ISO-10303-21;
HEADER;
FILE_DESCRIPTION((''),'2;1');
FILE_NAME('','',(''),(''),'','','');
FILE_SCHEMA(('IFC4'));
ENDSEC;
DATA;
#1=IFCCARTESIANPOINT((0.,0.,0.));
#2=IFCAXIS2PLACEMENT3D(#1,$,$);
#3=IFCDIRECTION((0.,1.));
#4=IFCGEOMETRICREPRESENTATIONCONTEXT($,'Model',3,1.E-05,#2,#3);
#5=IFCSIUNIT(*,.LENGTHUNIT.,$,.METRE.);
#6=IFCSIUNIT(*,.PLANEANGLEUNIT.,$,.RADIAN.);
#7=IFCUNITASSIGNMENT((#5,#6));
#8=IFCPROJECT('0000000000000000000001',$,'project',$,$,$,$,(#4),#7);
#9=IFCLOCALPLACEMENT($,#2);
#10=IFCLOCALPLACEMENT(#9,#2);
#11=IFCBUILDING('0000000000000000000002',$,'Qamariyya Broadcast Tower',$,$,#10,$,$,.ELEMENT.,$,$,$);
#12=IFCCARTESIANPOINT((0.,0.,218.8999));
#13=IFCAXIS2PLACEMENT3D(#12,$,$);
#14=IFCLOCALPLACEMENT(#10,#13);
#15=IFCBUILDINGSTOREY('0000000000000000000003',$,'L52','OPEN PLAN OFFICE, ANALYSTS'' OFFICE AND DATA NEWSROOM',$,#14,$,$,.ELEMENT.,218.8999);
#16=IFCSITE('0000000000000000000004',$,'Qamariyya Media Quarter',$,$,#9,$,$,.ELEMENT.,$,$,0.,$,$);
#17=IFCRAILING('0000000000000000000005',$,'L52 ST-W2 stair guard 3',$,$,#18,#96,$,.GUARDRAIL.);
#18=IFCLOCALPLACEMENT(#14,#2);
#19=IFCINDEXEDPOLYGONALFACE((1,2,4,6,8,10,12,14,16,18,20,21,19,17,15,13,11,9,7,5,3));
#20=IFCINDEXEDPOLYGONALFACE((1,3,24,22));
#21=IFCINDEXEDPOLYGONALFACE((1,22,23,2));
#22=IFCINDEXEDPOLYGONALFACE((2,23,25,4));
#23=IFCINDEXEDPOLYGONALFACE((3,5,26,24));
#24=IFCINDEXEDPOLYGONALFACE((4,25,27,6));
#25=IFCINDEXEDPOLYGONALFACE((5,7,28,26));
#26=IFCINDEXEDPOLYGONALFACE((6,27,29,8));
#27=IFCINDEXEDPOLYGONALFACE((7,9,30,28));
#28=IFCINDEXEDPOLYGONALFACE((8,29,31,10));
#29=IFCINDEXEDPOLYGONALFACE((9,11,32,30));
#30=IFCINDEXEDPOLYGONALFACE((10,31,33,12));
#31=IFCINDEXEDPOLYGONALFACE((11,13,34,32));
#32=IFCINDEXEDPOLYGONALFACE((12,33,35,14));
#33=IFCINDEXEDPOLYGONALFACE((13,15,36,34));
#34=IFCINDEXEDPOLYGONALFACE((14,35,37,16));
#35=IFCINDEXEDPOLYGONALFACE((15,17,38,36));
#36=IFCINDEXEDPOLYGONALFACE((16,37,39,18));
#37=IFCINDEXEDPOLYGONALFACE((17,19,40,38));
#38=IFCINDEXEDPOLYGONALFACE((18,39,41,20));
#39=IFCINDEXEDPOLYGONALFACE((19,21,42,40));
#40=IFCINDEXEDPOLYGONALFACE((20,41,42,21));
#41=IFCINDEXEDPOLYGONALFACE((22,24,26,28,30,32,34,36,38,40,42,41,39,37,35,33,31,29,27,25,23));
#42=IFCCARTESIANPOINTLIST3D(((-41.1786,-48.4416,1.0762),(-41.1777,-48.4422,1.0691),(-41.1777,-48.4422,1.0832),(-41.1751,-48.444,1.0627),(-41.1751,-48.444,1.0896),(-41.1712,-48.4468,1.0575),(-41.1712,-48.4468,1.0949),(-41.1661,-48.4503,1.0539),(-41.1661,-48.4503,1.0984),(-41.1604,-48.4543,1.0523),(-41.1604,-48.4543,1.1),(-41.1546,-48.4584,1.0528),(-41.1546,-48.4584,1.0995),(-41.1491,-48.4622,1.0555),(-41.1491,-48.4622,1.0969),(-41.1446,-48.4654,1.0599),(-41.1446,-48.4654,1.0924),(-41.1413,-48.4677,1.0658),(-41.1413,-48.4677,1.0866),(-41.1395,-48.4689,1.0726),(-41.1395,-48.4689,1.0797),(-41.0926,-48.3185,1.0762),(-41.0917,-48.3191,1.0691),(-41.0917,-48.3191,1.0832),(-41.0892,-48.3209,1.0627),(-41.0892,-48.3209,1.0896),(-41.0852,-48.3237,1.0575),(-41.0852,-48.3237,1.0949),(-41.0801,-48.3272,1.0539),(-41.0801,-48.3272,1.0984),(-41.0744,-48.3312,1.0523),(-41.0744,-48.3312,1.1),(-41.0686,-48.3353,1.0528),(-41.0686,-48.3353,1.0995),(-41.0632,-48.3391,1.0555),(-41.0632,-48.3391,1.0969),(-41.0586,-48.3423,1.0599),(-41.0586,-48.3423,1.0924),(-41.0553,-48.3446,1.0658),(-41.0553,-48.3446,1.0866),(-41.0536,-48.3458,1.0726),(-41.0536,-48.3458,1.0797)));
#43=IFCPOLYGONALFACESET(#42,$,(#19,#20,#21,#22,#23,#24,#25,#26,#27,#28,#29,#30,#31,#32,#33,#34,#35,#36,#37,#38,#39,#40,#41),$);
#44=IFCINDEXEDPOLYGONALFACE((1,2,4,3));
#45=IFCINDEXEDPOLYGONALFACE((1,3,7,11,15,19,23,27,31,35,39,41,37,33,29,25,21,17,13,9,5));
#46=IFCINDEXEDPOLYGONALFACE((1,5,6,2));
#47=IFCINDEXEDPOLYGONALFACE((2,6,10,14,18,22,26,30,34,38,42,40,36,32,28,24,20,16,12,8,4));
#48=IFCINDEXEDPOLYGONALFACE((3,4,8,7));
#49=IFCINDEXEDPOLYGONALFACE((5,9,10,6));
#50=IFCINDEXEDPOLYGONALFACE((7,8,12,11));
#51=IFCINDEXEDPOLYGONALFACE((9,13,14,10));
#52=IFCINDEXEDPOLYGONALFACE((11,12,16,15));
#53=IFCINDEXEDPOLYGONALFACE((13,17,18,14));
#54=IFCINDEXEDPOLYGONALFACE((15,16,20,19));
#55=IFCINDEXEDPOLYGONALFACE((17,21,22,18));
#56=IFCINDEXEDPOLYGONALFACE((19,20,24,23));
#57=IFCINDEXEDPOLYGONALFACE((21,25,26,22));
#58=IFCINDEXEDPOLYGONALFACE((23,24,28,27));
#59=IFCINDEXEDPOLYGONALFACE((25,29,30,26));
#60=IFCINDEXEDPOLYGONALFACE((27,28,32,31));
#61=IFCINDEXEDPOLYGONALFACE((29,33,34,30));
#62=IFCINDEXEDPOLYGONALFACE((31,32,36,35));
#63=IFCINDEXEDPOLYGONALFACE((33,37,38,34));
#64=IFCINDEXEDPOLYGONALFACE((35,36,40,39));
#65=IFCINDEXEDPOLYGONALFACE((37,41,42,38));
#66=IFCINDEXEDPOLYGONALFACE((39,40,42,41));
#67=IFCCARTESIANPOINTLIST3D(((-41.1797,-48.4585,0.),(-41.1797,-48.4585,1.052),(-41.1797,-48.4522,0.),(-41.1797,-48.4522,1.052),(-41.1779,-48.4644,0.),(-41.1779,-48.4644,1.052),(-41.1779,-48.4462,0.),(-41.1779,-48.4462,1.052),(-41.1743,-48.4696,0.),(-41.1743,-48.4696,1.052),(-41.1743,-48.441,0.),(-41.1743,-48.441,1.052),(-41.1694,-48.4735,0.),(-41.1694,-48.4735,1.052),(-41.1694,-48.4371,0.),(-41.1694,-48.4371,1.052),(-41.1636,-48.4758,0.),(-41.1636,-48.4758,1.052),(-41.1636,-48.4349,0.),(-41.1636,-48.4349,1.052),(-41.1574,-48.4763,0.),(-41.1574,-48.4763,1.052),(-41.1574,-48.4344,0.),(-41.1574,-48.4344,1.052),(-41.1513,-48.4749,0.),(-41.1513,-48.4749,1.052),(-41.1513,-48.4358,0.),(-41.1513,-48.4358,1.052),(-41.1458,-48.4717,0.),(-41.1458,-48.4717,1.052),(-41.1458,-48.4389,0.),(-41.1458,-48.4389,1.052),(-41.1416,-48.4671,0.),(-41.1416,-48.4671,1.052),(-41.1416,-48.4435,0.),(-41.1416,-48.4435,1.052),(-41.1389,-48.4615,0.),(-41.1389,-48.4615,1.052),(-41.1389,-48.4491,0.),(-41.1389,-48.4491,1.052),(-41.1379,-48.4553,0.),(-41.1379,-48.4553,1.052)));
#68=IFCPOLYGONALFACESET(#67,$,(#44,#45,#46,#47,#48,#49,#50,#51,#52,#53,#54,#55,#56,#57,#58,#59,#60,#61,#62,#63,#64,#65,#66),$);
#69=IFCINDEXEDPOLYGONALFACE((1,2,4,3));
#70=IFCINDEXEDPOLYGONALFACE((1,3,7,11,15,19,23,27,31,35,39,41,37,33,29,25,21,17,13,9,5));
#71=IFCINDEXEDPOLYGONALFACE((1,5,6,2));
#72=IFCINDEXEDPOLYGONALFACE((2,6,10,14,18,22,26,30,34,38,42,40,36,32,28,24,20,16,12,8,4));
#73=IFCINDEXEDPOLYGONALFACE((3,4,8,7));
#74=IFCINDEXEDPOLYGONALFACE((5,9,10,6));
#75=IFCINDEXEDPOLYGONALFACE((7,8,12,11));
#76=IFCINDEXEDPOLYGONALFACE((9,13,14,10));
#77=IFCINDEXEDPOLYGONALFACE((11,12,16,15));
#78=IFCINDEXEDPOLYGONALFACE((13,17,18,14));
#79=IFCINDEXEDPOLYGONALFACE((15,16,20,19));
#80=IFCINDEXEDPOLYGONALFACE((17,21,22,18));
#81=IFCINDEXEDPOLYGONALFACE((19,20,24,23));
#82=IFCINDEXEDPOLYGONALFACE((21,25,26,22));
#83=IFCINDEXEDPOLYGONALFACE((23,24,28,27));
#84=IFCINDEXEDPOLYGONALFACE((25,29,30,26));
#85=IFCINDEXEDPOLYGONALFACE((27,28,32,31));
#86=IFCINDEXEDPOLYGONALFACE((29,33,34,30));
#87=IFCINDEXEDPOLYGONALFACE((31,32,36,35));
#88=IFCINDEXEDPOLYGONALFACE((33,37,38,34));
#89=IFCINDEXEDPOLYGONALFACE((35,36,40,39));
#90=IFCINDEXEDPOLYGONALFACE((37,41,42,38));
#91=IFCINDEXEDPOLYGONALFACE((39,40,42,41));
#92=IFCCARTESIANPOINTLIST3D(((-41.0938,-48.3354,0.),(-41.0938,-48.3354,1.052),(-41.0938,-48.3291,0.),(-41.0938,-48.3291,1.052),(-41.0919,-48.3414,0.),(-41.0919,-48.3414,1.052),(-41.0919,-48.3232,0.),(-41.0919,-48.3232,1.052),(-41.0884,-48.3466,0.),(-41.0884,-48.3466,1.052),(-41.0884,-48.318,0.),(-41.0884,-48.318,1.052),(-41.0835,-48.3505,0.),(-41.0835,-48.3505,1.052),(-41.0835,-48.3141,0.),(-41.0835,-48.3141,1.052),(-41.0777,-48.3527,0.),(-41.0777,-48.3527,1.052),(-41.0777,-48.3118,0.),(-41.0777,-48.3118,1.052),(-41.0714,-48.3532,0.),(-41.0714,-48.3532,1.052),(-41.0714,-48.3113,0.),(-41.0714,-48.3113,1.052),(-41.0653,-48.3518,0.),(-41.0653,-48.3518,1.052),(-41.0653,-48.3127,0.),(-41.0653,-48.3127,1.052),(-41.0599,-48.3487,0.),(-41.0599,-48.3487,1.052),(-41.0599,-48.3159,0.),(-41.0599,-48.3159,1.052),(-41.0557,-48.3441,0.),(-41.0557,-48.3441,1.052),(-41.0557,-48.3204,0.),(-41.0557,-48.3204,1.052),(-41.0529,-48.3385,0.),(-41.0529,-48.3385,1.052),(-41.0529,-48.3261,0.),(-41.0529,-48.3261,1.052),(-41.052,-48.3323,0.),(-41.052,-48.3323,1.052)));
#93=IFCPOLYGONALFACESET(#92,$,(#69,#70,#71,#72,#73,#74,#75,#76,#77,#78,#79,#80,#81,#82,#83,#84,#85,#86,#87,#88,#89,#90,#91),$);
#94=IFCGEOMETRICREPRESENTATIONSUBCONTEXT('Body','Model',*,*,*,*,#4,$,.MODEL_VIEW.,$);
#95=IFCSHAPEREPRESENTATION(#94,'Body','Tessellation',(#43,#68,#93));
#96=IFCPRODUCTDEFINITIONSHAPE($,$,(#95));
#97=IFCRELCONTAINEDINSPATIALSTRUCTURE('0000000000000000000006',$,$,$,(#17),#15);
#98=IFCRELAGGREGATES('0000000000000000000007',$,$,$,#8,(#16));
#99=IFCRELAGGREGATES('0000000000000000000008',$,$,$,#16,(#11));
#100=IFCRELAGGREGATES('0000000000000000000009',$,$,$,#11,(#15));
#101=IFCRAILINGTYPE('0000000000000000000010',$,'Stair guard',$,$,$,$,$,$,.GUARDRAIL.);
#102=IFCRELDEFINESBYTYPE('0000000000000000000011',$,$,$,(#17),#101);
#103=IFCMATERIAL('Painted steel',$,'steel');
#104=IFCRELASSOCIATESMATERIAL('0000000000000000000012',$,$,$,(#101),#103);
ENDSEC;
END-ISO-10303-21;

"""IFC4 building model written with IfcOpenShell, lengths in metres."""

from ifc_helpers import new_model, si_unit, direction, frame, origin, origin_2d, place, context, subcontext, project, spatial, circle, extrude, material, type_object, element, save


model = new_model("IFC4")

# Units and contexts
model_context = context("Model", 3, precision=1e-05, world=origin(), true_north=direction((0.0, 1.0)))
body_context = subcontext(model_context, "Body", "Model", "MODEL_VIEW")
ifc_project = project(units=[si_unit("LENGTHUNIT", "METRE"), si_unit("PLANEANGLEUNIT", "RADIAN")], contexts=[model_context])

# Site, building, storey
site_placement = place(None, origin())
site = spatial("IfcSite", under=ifc_project, at=site_placement, Name="Qamariyya Media Quarter", CompositionType="ELEMENT", RefElevation=0.0)
building_placement = place(site_placement, origin())
building = spatial("IfcBuilding", under=site, at=building_placement, Name="Qamariyya Broadcast Tower", CompositionType="ELEMENT")
storey_placement = place(building_placement, frame((0.0, 0.0, 218.8999)))
storey = spatial("IfcBuildingStorey", under=building, at=storey_placement, Name="L52", Description="OPEN PLAN OFFICE, ANALYSTS' OFFICE AND DATA NEWSROOM", CompositionType="ELEMENT", Elevation=218.8999)

# Railing
ifc_material_1 = material(Name="Painted steel", Category="steel")
railing_type_1 = type_object("IfcRailingType", Name="Stair guard", PredefinedType="GUARDRAIL", material=ifc_material_1)
railing_1_placement = place(storey_placement, frame((-41.1589, -48.4553, 0.0)))
element("IfcRailing", 1, at=railing_1_placement, inside=storey, type_object=railing_type_1, Name="L52 ST-W2 stair guard 3", PredefinedType="GUARDRAIL", context=body_context, shape_type="SweptSolid", body=[
    extrude(circle(Radius=0.0239, at=origin_2d()), frame((0.0, 0.0, 1.0762), z_axis=(0.572589, 0.819843, 0.0), x_axis=(-0.819843, 0.572589, 0.0)), (0.0, 0.0, 1.0), 0.1501),
    extrude(circle(Radius=0.021, at=origin_2d()), origin(), (0.0, 0.0, 1.0), 1.052),
    extrude(circle(Radius=0.021, at=origin_2d()), frame((0.0859, 0.123, 0.0)), (0.0, 0.0, 1.0), 1.052),
])

save(model, "model.ifc")
